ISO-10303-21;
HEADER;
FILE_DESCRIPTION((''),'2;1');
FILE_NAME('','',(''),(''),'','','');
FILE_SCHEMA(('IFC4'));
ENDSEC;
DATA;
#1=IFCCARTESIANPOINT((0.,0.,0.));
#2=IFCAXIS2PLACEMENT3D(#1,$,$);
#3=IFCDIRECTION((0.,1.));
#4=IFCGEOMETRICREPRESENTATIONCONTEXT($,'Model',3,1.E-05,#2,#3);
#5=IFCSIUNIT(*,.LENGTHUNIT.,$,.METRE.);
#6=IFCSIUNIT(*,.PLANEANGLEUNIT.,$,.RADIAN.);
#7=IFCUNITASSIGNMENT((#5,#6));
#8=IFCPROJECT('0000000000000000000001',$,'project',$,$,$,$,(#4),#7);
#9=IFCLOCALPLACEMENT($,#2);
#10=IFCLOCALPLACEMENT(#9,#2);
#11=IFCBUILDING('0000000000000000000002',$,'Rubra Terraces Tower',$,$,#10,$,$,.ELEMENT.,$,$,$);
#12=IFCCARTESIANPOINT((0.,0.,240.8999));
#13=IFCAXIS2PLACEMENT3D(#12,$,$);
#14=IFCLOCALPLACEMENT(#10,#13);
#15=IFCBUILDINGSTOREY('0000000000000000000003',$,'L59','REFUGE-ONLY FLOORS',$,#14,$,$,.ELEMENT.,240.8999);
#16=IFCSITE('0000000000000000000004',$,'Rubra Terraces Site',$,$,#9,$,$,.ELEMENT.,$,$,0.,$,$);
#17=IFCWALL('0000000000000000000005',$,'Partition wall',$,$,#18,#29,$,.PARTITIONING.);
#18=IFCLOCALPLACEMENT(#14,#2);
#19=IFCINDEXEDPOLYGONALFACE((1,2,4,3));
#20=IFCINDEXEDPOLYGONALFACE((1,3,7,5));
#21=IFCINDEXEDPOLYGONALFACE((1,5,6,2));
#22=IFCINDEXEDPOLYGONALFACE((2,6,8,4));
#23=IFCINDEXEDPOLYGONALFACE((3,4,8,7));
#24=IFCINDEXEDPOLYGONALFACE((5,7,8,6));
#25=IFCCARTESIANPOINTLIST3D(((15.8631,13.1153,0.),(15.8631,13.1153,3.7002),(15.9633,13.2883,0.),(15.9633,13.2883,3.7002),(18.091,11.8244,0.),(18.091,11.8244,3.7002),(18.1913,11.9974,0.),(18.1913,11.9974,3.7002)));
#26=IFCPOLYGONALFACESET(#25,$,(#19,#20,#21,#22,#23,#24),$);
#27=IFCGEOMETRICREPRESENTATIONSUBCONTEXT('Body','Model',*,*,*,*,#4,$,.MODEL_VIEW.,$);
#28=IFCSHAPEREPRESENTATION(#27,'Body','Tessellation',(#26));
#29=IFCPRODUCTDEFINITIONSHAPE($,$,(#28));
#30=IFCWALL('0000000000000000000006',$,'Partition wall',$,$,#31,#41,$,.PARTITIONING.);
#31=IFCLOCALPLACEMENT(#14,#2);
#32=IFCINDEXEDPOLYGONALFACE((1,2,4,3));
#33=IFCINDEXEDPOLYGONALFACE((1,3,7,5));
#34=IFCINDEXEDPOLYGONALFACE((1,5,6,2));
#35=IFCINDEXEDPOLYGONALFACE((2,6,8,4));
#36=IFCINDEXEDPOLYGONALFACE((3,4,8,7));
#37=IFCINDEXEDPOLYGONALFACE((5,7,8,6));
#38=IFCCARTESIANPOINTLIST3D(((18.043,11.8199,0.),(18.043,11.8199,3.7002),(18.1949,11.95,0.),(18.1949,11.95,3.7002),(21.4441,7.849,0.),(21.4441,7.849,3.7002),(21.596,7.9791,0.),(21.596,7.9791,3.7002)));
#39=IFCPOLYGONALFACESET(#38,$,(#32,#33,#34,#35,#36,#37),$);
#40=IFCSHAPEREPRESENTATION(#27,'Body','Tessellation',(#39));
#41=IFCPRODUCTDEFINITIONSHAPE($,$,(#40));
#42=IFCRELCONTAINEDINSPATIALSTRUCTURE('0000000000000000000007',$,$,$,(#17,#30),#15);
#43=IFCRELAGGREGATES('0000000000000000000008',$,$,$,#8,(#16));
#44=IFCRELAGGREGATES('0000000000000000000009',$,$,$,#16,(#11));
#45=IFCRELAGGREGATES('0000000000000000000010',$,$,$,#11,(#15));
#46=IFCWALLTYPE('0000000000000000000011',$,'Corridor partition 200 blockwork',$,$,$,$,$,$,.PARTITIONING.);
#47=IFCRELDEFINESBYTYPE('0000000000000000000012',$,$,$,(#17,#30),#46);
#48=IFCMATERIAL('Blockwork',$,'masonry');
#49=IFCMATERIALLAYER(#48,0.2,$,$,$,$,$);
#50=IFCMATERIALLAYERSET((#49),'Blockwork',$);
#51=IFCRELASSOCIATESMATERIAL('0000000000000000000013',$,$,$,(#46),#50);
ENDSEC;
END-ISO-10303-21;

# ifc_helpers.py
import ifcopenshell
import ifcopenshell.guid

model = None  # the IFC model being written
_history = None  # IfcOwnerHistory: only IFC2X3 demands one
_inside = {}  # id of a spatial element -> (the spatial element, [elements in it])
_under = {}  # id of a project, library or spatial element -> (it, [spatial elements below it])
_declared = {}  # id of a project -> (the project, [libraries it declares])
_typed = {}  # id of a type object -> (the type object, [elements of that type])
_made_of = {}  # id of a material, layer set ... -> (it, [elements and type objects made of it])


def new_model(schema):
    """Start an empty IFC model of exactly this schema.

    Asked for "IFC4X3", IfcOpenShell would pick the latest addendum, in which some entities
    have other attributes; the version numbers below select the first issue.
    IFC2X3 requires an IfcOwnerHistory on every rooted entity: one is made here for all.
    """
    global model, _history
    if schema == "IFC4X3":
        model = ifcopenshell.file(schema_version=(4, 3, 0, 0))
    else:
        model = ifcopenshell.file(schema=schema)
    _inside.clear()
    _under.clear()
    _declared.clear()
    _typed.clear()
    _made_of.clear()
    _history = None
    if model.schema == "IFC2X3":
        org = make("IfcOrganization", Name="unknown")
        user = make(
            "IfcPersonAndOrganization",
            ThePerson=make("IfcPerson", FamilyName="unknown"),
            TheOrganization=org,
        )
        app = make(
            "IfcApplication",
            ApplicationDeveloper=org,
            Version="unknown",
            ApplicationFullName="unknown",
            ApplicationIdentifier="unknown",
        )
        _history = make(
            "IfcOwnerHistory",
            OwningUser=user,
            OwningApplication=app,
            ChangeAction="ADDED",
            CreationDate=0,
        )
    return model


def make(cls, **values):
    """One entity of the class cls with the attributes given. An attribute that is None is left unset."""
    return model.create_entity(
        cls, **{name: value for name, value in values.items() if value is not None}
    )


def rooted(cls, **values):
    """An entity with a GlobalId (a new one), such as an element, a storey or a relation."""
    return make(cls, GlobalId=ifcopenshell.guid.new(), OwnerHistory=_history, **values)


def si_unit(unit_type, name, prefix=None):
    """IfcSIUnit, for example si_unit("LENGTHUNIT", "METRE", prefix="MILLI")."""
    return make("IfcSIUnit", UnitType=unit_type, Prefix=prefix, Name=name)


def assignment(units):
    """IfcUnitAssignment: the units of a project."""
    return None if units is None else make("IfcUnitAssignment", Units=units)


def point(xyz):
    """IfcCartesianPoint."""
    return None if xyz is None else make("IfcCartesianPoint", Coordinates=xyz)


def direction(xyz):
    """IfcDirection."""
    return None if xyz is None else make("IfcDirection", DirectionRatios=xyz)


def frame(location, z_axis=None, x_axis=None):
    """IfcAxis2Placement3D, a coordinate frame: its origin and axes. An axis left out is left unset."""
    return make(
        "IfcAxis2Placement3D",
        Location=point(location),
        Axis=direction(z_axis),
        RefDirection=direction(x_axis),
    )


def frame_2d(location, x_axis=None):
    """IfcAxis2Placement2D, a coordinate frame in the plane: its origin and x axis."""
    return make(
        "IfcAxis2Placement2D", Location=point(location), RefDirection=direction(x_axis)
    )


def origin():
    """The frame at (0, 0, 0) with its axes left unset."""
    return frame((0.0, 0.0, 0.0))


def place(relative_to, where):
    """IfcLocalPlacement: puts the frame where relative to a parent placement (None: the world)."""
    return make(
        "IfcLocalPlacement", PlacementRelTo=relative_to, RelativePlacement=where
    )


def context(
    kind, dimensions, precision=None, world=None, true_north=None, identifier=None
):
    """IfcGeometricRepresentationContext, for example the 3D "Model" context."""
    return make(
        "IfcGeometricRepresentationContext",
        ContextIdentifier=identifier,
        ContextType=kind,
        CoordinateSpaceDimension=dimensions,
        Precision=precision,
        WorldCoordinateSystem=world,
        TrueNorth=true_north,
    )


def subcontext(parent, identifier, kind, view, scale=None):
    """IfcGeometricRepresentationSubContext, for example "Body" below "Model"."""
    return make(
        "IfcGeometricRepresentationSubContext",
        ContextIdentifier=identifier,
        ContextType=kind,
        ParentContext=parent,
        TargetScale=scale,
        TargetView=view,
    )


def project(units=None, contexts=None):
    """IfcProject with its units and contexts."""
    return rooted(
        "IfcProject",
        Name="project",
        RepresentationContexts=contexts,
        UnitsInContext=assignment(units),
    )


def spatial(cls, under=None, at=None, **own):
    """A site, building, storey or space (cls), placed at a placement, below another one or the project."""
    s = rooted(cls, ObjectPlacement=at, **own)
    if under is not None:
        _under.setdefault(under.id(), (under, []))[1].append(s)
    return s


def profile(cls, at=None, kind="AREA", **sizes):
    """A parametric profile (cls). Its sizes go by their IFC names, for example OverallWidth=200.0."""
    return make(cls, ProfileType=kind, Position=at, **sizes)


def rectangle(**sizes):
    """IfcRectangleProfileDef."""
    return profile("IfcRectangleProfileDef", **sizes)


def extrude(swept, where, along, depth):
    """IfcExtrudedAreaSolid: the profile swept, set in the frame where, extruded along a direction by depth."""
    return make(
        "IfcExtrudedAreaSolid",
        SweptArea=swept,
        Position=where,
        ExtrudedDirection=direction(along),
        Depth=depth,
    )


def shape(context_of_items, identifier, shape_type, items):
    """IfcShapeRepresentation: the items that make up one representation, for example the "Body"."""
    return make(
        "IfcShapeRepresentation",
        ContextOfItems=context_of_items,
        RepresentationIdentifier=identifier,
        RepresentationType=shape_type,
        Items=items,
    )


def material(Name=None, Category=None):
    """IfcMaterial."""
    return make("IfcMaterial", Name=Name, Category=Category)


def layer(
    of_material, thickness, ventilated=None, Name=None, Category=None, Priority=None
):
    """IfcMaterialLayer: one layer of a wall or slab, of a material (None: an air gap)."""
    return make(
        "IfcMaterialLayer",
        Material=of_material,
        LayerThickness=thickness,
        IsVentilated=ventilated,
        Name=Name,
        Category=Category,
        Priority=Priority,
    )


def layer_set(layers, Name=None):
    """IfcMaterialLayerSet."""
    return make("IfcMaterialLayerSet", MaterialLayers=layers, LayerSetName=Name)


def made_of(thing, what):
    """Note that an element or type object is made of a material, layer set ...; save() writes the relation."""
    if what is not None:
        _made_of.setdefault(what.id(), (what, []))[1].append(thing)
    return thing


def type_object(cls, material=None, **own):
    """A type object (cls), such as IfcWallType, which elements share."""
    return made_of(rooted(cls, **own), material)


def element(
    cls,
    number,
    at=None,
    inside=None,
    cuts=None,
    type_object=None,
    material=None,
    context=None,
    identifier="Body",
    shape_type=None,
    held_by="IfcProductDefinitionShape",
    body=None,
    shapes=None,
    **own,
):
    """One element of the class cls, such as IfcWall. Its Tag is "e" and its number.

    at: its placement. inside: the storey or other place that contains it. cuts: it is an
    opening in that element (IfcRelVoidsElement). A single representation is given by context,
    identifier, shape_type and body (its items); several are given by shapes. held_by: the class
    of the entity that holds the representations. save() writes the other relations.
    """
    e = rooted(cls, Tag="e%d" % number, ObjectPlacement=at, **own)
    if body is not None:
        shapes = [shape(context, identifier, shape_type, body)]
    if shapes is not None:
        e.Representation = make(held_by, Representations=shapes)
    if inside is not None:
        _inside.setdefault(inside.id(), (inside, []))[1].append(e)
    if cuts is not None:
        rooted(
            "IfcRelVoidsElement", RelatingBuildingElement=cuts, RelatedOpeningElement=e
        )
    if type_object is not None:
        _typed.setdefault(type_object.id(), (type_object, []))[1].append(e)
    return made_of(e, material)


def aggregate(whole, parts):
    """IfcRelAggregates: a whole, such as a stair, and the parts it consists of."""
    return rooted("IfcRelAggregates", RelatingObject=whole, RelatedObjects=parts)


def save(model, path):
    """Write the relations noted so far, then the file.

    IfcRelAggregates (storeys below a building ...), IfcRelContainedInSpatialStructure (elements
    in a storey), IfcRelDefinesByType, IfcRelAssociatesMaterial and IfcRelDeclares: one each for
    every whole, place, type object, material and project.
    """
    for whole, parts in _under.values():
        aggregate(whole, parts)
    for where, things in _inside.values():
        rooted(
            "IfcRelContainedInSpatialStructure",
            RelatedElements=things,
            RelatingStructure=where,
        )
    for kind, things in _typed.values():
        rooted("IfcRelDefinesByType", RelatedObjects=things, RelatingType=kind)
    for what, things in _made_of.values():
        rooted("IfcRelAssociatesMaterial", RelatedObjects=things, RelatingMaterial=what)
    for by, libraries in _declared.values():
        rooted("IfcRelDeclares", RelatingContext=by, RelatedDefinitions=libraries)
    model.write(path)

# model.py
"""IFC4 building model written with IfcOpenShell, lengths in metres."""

from ifc_helpers import new_model, si_unit, direction, frame, frame_2d, origin, place, context, subcontext, project, spatial, rectangle, extrude, material, layer, layer_set, type_object, element, save


model = new_model("IFC4")

# Units and contexts
model_context = context("Model", 3, precision=1e-05, world=origin(), true_north=direction((0.0, 1.0)))
body_context = subcontext(model_context, "Body", "Model", "MODEL_VIEW")
ifc_project = project(units=[si_unit("LENGTHUNIT", "METRE"), si_unit("PLANEANGLEUNIT", "RADIAN")], contexts=[model_context])

# Site, building, storey
site_placement = place(None, origin())
site = spatial("IfcSite", under=ifc_project, at=site_placement, Name="Rubra Terraces Site", CompositionType="ELEMENT", RefElevation=0.0)
building_placement = place(site_placement, origin())
building = spatial("IfcBuilding", under=site, at=building_placement, Name="Rubra Terraces Tower", CompositionType="ELEMENT")
storey_placement = place(building_placement, frame((0.0, 0.0, 240.8999)))
storey = spatial("IfcBuildingStorey", under=building, at=storey_placement, Name="L59", Description="REFUGE-ONLY FLOORS", CompositionType="ELEMENT", Elevation=240.8999)

# Walls
ifc_material_1 = material(Name="Blockwork", Category="masonry")
ifc_layer_1 = layer(ifc_material_1, 0.2)
ifc_layer_set_1 = layer_set([ifc_layer_1], Name="Blockwork")
wall_type_1 = type_object("IfcWallType", Name="Corridor partition 200 blockwork", PredefinedType="PARTITIONING", material=ifc_layer_set_1)
wall_1_placement = place(storey_placement, frame((15.9131, 13.2019, 0.0), z_axis=(0.0, 0.0, 1.0), x_axis=(0.86524, -0.501358, 0.0)))
element("IfcWall", 1, at=wall_1_placement, inside=storey, type_object=wall_type_1, Name="Partition wall", PredefinedType="PARTITIONING", context=body_context, shape_type="SweptSolid", body=[
    extrude(rectangle(XDim=2.575, YDim=0.2, at=frame_2d((1.2876, 0.0))), origin(), (0.0, 0.0, 1.0), 3.7002),
])
wall_2_placement = place(storey_placement, frame((18.1189, 11.885, 0.0), z_axis=(0.0, 0.0, 1.0), x_axis=(0.650511, -0.759497, 0.0)))
element("IfcWall", 2, at=wall_2_placement, inside=storey, type_object=wall_type_1, Name="Partition wall", PredefinedType="PARTITIONING", context=body_context, shape_type="SweptSolid", body=[
    extrude(rectangle(XDim=5.2283, YDim=0.2, at=frame_2d((2.6143, 0.0))), origin(), (0.0, 0.0, 1.0), 3.7002),
])

save(model, "model.ifc")
